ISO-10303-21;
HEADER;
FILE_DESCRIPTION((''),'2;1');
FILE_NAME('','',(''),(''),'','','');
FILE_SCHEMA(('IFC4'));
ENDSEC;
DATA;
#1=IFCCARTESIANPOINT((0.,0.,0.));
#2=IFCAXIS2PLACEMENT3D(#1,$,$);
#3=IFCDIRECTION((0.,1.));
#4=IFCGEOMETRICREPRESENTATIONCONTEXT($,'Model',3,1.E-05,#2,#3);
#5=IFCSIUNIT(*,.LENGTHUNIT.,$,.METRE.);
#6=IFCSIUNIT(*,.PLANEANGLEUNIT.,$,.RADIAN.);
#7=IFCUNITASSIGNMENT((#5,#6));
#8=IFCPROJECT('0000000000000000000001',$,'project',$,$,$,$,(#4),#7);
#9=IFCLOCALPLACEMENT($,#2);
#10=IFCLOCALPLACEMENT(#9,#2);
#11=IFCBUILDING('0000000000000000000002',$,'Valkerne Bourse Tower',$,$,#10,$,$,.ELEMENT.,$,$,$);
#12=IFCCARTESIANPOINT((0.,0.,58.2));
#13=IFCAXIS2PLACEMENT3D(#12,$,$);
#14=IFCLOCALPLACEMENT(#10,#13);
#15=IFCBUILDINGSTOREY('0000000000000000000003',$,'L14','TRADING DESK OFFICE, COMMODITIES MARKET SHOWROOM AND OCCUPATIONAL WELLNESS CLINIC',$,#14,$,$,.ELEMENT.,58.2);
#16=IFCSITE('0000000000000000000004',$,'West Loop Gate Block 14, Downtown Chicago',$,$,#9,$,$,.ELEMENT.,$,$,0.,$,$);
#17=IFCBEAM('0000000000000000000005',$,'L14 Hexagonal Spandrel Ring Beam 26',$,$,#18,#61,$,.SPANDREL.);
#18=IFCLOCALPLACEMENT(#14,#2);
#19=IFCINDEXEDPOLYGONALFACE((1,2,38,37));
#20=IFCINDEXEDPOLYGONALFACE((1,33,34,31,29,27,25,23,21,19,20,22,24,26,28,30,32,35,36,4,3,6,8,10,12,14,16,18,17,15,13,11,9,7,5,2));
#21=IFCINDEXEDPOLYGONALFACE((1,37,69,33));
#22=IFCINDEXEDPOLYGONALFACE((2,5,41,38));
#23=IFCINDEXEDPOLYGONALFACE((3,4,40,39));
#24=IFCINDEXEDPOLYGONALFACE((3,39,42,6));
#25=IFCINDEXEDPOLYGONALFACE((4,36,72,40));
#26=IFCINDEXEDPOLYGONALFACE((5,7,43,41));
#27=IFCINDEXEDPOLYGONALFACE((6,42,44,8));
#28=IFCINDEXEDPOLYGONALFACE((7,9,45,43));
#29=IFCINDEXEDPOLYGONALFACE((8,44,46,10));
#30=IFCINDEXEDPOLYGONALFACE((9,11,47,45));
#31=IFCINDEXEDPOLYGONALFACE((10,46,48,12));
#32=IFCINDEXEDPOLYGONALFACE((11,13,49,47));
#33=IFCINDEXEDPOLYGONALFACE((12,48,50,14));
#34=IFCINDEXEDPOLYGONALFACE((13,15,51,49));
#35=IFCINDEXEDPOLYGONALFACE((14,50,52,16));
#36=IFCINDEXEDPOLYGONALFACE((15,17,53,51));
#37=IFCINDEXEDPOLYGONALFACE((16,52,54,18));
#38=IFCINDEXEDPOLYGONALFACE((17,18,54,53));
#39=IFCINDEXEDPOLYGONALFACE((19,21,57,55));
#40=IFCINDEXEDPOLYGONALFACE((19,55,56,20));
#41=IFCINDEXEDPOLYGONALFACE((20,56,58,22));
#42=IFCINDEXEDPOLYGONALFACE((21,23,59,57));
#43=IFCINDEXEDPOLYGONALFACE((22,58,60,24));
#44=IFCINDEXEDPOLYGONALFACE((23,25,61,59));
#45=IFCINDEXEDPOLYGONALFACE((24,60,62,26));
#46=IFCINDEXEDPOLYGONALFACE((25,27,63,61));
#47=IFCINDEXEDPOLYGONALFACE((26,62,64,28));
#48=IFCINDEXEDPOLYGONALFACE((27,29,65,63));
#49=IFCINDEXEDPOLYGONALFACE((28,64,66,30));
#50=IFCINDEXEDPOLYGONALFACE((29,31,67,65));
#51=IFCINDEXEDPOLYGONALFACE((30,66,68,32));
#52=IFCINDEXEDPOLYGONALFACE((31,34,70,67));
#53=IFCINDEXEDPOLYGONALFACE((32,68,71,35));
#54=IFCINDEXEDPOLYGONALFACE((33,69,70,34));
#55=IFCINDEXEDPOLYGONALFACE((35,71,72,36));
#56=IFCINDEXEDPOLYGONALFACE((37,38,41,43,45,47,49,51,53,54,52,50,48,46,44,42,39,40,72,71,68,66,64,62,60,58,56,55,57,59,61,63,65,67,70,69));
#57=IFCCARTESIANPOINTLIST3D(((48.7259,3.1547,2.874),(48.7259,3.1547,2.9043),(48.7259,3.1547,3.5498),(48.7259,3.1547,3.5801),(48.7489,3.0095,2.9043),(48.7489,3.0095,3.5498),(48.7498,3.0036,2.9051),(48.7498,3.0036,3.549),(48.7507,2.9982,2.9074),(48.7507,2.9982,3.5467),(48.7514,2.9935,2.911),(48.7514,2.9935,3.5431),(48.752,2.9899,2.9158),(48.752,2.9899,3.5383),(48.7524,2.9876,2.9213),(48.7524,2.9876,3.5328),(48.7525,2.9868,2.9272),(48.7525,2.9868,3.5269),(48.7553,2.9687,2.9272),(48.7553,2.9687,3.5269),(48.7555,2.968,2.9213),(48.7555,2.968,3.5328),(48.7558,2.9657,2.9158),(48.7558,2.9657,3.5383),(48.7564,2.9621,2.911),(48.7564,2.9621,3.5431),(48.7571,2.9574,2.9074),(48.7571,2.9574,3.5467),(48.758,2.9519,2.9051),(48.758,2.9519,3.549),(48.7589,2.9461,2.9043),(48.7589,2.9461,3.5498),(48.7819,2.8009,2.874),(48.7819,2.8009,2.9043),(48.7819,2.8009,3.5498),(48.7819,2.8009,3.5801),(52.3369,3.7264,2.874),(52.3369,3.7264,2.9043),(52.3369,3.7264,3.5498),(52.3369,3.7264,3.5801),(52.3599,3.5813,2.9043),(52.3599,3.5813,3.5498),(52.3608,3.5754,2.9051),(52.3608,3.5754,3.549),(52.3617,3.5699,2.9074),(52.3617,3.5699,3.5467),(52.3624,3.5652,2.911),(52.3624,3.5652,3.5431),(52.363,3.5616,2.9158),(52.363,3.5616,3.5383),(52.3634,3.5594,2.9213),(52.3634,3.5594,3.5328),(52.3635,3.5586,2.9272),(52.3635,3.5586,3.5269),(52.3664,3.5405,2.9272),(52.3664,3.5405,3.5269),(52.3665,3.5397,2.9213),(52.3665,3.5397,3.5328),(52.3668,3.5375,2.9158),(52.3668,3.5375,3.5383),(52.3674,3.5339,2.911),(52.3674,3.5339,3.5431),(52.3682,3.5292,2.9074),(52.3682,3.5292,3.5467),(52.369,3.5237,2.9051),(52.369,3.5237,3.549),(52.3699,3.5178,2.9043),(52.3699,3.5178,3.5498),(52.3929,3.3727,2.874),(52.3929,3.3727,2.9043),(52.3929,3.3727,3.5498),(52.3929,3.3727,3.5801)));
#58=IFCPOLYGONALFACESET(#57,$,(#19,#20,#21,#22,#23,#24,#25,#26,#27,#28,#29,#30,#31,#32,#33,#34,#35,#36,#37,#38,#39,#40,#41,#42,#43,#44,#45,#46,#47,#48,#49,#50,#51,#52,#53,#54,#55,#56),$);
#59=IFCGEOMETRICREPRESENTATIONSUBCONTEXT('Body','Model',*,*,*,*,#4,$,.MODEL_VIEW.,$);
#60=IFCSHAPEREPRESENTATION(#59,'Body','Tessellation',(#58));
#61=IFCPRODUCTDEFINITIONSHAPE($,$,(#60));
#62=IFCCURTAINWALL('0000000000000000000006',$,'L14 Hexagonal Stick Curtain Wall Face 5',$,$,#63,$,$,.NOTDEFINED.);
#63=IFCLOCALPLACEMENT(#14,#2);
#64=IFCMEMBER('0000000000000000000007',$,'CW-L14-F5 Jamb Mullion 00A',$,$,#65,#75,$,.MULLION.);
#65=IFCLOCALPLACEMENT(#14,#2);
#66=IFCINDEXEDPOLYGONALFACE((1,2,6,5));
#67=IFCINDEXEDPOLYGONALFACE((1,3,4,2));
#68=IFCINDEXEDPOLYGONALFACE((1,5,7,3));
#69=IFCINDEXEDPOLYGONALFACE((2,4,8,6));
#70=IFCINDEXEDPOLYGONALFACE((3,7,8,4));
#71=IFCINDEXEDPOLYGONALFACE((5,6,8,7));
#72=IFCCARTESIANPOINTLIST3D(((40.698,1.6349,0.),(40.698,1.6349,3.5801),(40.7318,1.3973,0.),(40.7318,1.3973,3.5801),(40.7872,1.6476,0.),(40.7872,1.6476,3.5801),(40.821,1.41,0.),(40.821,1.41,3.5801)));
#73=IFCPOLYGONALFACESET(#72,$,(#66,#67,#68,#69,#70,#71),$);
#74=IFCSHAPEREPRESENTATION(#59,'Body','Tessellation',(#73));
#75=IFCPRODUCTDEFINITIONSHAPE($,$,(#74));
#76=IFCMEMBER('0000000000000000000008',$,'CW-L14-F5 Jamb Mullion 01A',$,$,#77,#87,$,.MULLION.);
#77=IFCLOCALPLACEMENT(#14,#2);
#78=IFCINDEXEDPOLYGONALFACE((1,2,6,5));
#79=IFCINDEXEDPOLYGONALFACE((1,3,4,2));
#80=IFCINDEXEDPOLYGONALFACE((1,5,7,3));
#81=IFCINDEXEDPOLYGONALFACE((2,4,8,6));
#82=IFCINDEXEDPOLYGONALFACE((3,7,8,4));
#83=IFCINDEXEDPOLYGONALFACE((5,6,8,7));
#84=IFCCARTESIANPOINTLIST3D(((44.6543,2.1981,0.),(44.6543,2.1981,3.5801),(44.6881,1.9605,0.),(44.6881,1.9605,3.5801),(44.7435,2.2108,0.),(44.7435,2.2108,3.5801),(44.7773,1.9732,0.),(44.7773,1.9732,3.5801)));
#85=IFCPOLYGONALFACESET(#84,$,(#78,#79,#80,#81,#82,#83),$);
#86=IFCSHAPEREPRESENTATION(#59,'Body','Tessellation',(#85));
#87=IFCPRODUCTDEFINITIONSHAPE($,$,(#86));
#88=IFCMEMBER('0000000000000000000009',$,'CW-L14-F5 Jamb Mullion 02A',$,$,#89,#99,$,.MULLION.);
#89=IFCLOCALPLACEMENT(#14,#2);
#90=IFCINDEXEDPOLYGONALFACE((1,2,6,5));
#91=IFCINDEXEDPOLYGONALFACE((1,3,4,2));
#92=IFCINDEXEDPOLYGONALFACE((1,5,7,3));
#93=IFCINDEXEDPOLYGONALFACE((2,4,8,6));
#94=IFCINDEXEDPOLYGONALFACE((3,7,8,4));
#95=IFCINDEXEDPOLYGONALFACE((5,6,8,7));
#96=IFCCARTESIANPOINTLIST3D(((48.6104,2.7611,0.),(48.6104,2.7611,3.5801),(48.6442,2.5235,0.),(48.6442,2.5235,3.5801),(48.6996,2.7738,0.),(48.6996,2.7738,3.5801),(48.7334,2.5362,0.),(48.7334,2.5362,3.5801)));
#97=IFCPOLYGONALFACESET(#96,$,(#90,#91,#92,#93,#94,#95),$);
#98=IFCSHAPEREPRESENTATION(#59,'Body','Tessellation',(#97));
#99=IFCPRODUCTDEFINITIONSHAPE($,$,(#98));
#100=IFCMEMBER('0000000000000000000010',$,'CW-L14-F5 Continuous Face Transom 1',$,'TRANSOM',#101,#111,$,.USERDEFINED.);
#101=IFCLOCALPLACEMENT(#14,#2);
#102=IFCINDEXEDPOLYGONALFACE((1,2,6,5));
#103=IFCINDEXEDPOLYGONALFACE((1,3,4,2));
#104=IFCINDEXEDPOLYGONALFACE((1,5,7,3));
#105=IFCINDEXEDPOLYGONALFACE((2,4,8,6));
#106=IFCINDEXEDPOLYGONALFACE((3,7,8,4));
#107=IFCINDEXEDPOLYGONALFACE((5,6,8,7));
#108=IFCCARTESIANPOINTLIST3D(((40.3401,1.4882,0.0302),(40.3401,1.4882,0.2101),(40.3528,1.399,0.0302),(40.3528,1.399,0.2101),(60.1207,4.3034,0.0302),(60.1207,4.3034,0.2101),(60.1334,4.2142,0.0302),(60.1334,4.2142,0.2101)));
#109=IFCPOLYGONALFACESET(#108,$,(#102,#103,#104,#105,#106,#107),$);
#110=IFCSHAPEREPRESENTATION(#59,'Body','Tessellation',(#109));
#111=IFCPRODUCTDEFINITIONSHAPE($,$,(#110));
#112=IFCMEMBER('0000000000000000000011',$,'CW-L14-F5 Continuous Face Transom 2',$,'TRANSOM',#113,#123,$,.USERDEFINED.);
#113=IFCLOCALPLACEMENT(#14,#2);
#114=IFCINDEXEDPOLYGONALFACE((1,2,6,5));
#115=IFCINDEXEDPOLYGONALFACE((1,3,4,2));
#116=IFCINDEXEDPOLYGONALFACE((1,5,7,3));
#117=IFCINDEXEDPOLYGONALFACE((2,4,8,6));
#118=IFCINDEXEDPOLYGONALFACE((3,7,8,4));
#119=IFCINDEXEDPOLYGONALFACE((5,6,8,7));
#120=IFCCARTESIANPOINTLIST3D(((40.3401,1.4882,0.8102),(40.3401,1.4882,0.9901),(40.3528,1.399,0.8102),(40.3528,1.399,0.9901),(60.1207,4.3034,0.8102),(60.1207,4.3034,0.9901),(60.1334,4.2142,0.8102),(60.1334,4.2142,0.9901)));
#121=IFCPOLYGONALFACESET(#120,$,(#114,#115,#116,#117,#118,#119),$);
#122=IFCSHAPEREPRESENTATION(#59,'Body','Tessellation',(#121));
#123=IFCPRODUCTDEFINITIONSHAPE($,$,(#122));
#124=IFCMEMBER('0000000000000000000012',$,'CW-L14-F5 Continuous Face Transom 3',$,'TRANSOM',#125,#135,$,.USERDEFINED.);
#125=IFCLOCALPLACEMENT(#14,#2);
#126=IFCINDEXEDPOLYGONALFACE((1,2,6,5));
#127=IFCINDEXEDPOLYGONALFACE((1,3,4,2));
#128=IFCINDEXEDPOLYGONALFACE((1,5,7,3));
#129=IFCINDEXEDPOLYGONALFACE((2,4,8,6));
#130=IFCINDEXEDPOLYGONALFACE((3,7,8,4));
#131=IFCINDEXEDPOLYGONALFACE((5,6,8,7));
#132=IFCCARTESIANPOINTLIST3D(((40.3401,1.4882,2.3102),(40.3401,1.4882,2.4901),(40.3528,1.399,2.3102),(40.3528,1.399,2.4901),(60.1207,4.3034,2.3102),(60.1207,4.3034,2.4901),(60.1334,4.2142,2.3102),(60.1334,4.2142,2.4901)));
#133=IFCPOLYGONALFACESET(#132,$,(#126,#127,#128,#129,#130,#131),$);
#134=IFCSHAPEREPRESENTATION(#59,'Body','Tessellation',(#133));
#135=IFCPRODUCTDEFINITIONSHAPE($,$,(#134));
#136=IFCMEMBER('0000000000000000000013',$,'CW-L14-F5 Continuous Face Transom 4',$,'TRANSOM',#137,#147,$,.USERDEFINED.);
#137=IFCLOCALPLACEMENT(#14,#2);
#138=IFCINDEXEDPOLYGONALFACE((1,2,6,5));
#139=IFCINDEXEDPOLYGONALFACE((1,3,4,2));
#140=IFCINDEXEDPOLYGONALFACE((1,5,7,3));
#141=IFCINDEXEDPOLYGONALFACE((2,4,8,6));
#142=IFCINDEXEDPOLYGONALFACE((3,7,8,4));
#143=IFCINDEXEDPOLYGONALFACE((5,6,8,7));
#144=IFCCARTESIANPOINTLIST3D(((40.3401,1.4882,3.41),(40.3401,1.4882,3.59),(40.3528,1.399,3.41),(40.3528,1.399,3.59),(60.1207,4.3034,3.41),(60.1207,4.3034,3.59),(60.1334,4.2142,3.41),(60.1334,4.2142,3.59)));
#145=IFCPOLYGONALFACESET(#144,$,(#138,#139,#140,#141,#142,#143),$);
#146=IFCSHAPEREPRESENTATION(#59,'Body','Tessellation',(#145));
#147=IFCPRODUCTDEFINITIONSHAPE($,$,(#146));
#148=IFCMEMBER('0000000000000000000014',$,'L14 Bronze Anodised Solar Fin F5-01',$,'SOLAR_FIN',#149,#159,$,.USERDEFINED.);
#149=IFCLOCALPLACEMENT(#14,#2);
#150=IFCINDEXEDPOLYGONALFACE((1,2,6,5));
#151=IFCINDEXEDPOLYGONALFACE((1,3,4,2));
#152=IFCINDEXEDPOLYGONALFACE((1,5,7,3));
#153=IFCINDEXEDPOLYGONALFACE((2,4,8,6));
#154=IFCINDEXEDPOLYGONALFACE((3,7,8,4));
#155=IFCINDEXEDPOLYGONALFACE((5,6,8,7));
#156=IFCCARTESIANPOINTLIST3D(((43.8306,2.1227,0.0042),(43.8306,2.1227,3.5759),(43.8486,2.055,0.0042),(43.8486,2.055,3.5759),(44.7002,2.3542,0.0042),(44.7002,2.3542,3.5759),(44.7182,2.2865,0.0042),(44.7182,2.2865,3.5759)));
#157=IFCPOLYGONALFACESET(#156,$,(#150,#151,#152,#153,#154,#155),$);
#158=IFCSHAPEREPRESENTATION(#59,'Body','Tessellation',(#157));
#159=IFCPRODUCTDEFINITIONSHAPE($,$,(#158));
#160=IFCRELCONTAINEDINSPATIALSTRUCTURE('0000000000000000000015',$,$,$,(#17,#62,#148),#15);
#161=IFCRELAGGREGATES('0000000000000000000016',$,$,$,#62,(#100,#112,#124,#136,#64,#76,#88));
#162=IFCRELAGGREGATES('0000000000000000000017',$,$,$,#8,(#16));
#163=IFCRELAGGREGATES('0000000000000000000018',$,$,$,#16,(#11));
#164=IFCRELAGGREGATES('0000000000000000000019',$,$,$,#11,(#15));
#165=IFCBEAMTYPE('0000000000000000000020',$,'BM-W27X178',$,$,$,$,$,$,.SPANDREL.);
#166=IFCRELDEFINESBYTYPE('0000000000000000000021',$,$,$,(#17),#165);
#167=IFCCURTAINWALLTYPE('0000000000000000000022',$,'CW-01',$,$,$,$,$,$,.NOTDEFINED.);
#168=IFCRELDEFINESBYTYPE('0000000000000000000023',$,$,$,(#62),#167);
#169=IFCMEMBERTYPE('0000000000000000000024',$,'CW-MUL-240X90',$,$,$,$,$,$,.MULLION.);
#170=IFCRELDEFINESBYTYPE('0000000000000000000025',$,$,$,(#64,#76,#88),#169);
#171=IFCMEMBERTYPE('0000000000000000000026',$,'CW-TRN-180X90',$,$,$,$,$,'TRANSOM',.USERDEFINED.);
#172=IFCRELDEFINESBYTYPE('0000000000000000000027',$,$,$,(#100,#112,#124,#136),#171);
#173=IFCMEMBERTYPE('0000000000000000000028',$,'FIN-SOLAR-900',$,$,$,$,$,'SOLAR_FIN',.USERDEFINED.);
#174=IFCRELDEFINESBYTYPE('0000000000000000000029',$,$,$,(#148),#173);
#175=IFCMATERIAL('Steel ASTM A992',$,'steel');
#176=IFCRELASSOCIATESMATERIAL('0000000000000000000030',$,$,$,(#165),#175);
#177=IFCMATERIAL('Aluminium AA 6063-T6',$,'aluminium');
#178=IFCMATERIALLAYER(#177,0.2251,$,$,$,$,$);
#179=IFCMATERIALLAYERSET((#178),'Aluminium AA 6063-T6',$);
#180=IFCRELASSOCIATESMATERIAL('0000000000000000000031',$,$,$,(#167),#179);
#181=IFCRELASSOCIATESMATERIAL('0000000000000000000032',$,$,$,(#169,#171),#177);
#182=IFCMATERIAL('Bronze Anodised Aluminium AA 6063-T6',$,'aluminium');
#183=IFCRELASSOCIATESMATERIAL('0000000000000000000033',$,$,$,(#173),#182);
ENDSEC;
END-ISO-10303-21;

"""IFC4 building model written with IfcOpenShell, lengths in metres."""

from ifc_helpers import new_model, si_unit, direction, frame, origin, origin_2d, place, context, subcontext, project, spatial, rectangle, i_section, extrude, material, layer, layer_set, material_profile, profile_set, type_object, element, aggregate, save


model = new_model("IFC4")

# Units and contexts
model_context = context("Model", 3, precision=1e-05, world=origin(), true_north=direction((0.0, 1.0)))
body_context = subcontext(model_context, "Body", "Model", "MODEL_VIEW")
ifc_project = project(units=[si_unit("LENGTHUNIT", "METRE"), si_unit("PLANEANGLEUNIT", "RADIAN")], contexts=[model_context])

# Site, building, storey
site_placement = place(None, origin())
site = spatial("IfcSite", under=ifc_project, at=site_placement, Name="West Loop Gate Block 14, Downtown Chicago", CompositionType="ELEMENT", RefElevation=0.0)
building_placement = place(site_placement, origin())
building = spatial("IfcBuilding", under=site, at=building_placement, Name="Valkerne Bourse Tower", CompositionType="ELEMENT")
storey_placement = place(building_placement, frame((0.0, 0.0, 58.2)))
storey = spatial("IfcBuildingStorey", under=building, at=storey_placement, Name="L14", Description="TRADING DESK OFFICE, COMMODITIES MARKET SHOWROOM AND OCCUPATIONAL WELLNESS CLINIC", CompositionType="ELEMENT", Elevation=58.2)

# Beam
ifc_material_1 = material(Name="Steel ASTM A992", Category="steel")
ifc_material_profile_1 = material_profile(ifc_material_1, i_section(OverallWidth=0.3582, OverallDepth=0.7061, WebThickness=0.0183, FlangeThickness=0.0303, FilletRadius=0.0229, at=origin_2d()), Name="W27X178")
ifc_profile_set_1 = profile_set([ifc_material_profile_1], Name="Steel ASTM A992")
beam_type_1 = type_object("IfcBeamType", Name="BM-W27X178", PredefinedType="SPANDREL", material=ifc_profile_set_1)
for number, where, z_axis, x_axis, name in (
    (1, (48.7539, 2.9778, 3.2271), (0.987695, 0.156391, 0.0), (-0.156391, 0.987695, 0.0), "L14 Hexagonal Spandrel Ring Beam 26"),
):
    element("IfcBeam", number, at=place(storey_placement, frame(where, z_axis=z_axis, x_axis=x_axis)), inside=storey, type_object=beam_type_1, Name=name, PredefinedType="SPANDREL", context=body_context, shape_type="SweptSolid", body=[
        extrude(i_section(OverallWidth=0.3582, OverallDepth=0.7061, WebThickness=0.0183, FlangeThickness=0.0303, FilletRadius=0.0229, at=origin_2d()), origin(), (0.0, 0.0, 1.0), 3.656),
    ])

# Curtain wall, members
ifc_material_2 = material(Name="Aluminium AA 6063-T6", Category="aluminium")
ifc_layer_1 = layer(ifc_material_2, 0.2251)
ifc_layer_set_1 = layer_set([ifc_layer_1], Name="Aluminium AA 6063-T6")
curtain_wall_type = type_object("IfcCurtainWallType", Name="CW-01", PredefinedType="NOTDEFINED", material=ifc_layer_set_1)
curtain_wall_placement = place(storey_placement, origin())
curtain_wall = element("IfcCurtainWall", 2, at=curtain_wall_placement, inside=storey, type_object=curtain_wall_type, Name="L14 Hexagonal Stick Curtain Wall Face 5", PredefinedType="NOTDEFINED")
ifc_material_profile_2 = material_profile(ifc_material_2, rectangle(XDim=0.0901, YDim=0.24, at=origin_2d()), Name="CWM-90X240")
ifc_profile_set_2 = profile_set([ifc_material_profile_2], Name="Aluminium AA 6063-T6")
member_type_1 = type_object("IfcMemberType", Name="CW-MUL-240X90", PredefinedType="MULLION", material=ifc_profile_set_2)
member_1_placement = place(storey_placement, frame((40.7595, 1.5225, 0.0), z_axis=(0.0, 0.0, 1.0), x_axis=(0.990022, 0.140913, 0.0)))
member_1 = element("IfcMember", 3, at=member_1_placement, type_object=member_type_1, Name="CW-L14-F5 Jamb Mullion 00A", PredefinedType="MULLION", context=body_context, shape_type="SweptSolid", body=[
    extrude(rectangle(XDim=0.0901, YDim=0.24, at=origin_2d()), origin(), (0.0, 0.0, 1.0), 3.5801),
])
member_2_placement = place(storey_placement, frame((44.7158, 2.0857, 0.0), z_axis=(0.0, 0.0, 1.0), x_axis=(0.990025, 0.140892, 0.0)))
member_2 = element("IfcMember", 4, at=member_2_placement, type_object=member_type_1, Name="CW-L14-F5 Jamb Mullion 01A", PredefinedType="MULLION", context=body_context, shape_type="SweptSolid", body=[
    extrude(rectangle(XDim=0.0901, YDim=0.24, at=origin_2d()), origin(), (0.0, 0.0, 1.0), 3.5801),
])
member_3_placement = place(storey_placement, frame((48.6719, 2.6487, 0.0), z_axis=(0.0, 0.0, 1.0), x_axis=(0.990021, 0.140917, 0.0)))
member_3 = element("IfcMember", 5, at=member_3_placement, type_object=member_type_1, Name="CW-L14-F5 Jamb Mullion 02A", PredefinedType="MULLION", context=body_context, shape_type="SweptSolid", body=[
    extrude(rectangle(XDim=0.0901, YDim=0.24, at=origin_2d()), origin(), (0.0, 0.0, 1.0), 3.5801),
])
ifc_material_profile_3 = material_profile(ifc_material_2, rectangle(XDim=0.0901, YDim=0.1799, at=origin_2d()), Name="CWT-90X180")
ifc_profile_set_3 = profile_set([ifc_material_profile_3], Name="Aluminium AA 6063-T6")
member_type_2 = type_object("IfcMemberType", Name="CW-TRN-180X90", ElementType="TRANSOM", PredefinedType="USERDEFINED", material=ifc_profile_set_3)
member_4_placement = place(storey_placement, frame((40.3464, 1.4436, 0.1201), z_axis=(0.990024, 0.1409, 0.0), x_axis=(-0.1409, 0.990024, 0.0)))
member_4 = element("IfcMember", 6, at=member_4_placement, type_object=member_type_2, Name="CW-L14-F5 Continuous Face Transom 1", ObjectType="TRANSOM", PredefinedType="USERDEFINED", context=body_context, shape_type="SweptSolid", body=[
    extrude(rectangle(XDim=0.0901, YDim=0.1799, at=origin_2d()), origin(), (0.0, 0.0, 1.0), 19.98),
])
member_5_placement = place(storey_placement, frame((40.3464, 1.4436, 0.9001), z_axis=(0.990024, 0.1409, 0.0), x_axis=(-0.1409, 0.990024, 0.0)))
member_5 = element("IfcMember", 7, at=member_5_placement, type_object=member_type_2, Name="CW-L14-F5 Continuous Face Transom 2", ObjectType="TRANSOM", PredefinedType="USERDEFINED", context=body_context, shape_type="SweptSolid", body=[
    extrude(rectangle(XDim=0.0901, YDim=0.1799, at=origin_2d()), origin(), (0.0, 0.0, 1.0), 19.98),
])
member_6_placement = place(storey_placement, frame((40.3464, 1.4436, 2.4001), z_axis=(0.990024, 0.1409, 0.0), x_axis=(-0.1409, 0.990024, 0.0)))
member_6 = element("IfcMember", 8, at=member_6_placement, type_object=member_type_2, Name="CW-L14-F5 Continuous Face Transom 3", ObjectType="TRANSOM", PredefinedType="USERDEFINED", context=body_context, shape_type="SweptSolid", body=[
    extrude(rectangle(XDim=0.0901, YDim=0.1799, at=origin_2d()), origin(), (0.0, 0.0, 1.0), 19.98),
])
member_7_placement = place(storey_placement, frame((40.3464, 1.4436, 3.5), z_axis=(0.990024, 0.1409, 0.0), x_axis=(-0.1409, 0.990024, 0.0)))
member_7 = element("IfcMember", 9, at=member_7_placement, type_object=member_type_2, Name="CW-L14-F5 Continuous Face Transom 4", ObjectType="TRANSOM", PredefinedType="USERDEFINED", context=body_context, shape_type="SweptSolid", body=[
    extrude(rectangle(XDim=0.0901, YDim=0.1799, at=origin_2d()), origin(), (0.0, 0.0, 1.0), 19.98),
])

# Member
ifc_material_3 = material(Name="Bronze Anodised Aluminium AA 6063-T6", Category="aluminium")
ifc_material_profile_4 = material_profile(ifc_material_3, rectangle(XDim=0.0701, YDim=0.8999, at=origin_2d()), Name="FIN-70X900")
ifc_profile_set_4 = profile_set([ifc_material_profile_4], Name="Bronze Anodised Aluminium AA 6063-T6")
member_type_3 = type_object("IfcMemberType", Name="FIN-SOLAR-900", ElementType="SOLAR_FIN", PredefinedType="USERDEFINED", material=ifc_profile_set_4)
member_8_placement = place(storey_placement, frame((44.2744, 2.2046, 0.0042), z_axis=(0.0, 0.0, 1.0), x_axis=(0.257269, -0.96634, 0.0)))
element("IfcMember", 10, at=member_8_placement, inside=storey, type_object=member_type_3, Name="L14 Bronze Anodised Solar Fin F5-01", ObjectType="SOLAR_FIN", PredefinedType="USERDEFINED", context=body_context, shape_type="SweptSolid", body=[
    extrude(rectangle(XDim=0.0701, YDim=0.8999, at=origin_2d()), origin(), (0.0, 0.0, 1.0), 3.5718),
])

aggregate(curtain_wall, [member_4, member_5, member_6, member_7, member_1, member_2, member_3])

save(model, "model.ifc")
